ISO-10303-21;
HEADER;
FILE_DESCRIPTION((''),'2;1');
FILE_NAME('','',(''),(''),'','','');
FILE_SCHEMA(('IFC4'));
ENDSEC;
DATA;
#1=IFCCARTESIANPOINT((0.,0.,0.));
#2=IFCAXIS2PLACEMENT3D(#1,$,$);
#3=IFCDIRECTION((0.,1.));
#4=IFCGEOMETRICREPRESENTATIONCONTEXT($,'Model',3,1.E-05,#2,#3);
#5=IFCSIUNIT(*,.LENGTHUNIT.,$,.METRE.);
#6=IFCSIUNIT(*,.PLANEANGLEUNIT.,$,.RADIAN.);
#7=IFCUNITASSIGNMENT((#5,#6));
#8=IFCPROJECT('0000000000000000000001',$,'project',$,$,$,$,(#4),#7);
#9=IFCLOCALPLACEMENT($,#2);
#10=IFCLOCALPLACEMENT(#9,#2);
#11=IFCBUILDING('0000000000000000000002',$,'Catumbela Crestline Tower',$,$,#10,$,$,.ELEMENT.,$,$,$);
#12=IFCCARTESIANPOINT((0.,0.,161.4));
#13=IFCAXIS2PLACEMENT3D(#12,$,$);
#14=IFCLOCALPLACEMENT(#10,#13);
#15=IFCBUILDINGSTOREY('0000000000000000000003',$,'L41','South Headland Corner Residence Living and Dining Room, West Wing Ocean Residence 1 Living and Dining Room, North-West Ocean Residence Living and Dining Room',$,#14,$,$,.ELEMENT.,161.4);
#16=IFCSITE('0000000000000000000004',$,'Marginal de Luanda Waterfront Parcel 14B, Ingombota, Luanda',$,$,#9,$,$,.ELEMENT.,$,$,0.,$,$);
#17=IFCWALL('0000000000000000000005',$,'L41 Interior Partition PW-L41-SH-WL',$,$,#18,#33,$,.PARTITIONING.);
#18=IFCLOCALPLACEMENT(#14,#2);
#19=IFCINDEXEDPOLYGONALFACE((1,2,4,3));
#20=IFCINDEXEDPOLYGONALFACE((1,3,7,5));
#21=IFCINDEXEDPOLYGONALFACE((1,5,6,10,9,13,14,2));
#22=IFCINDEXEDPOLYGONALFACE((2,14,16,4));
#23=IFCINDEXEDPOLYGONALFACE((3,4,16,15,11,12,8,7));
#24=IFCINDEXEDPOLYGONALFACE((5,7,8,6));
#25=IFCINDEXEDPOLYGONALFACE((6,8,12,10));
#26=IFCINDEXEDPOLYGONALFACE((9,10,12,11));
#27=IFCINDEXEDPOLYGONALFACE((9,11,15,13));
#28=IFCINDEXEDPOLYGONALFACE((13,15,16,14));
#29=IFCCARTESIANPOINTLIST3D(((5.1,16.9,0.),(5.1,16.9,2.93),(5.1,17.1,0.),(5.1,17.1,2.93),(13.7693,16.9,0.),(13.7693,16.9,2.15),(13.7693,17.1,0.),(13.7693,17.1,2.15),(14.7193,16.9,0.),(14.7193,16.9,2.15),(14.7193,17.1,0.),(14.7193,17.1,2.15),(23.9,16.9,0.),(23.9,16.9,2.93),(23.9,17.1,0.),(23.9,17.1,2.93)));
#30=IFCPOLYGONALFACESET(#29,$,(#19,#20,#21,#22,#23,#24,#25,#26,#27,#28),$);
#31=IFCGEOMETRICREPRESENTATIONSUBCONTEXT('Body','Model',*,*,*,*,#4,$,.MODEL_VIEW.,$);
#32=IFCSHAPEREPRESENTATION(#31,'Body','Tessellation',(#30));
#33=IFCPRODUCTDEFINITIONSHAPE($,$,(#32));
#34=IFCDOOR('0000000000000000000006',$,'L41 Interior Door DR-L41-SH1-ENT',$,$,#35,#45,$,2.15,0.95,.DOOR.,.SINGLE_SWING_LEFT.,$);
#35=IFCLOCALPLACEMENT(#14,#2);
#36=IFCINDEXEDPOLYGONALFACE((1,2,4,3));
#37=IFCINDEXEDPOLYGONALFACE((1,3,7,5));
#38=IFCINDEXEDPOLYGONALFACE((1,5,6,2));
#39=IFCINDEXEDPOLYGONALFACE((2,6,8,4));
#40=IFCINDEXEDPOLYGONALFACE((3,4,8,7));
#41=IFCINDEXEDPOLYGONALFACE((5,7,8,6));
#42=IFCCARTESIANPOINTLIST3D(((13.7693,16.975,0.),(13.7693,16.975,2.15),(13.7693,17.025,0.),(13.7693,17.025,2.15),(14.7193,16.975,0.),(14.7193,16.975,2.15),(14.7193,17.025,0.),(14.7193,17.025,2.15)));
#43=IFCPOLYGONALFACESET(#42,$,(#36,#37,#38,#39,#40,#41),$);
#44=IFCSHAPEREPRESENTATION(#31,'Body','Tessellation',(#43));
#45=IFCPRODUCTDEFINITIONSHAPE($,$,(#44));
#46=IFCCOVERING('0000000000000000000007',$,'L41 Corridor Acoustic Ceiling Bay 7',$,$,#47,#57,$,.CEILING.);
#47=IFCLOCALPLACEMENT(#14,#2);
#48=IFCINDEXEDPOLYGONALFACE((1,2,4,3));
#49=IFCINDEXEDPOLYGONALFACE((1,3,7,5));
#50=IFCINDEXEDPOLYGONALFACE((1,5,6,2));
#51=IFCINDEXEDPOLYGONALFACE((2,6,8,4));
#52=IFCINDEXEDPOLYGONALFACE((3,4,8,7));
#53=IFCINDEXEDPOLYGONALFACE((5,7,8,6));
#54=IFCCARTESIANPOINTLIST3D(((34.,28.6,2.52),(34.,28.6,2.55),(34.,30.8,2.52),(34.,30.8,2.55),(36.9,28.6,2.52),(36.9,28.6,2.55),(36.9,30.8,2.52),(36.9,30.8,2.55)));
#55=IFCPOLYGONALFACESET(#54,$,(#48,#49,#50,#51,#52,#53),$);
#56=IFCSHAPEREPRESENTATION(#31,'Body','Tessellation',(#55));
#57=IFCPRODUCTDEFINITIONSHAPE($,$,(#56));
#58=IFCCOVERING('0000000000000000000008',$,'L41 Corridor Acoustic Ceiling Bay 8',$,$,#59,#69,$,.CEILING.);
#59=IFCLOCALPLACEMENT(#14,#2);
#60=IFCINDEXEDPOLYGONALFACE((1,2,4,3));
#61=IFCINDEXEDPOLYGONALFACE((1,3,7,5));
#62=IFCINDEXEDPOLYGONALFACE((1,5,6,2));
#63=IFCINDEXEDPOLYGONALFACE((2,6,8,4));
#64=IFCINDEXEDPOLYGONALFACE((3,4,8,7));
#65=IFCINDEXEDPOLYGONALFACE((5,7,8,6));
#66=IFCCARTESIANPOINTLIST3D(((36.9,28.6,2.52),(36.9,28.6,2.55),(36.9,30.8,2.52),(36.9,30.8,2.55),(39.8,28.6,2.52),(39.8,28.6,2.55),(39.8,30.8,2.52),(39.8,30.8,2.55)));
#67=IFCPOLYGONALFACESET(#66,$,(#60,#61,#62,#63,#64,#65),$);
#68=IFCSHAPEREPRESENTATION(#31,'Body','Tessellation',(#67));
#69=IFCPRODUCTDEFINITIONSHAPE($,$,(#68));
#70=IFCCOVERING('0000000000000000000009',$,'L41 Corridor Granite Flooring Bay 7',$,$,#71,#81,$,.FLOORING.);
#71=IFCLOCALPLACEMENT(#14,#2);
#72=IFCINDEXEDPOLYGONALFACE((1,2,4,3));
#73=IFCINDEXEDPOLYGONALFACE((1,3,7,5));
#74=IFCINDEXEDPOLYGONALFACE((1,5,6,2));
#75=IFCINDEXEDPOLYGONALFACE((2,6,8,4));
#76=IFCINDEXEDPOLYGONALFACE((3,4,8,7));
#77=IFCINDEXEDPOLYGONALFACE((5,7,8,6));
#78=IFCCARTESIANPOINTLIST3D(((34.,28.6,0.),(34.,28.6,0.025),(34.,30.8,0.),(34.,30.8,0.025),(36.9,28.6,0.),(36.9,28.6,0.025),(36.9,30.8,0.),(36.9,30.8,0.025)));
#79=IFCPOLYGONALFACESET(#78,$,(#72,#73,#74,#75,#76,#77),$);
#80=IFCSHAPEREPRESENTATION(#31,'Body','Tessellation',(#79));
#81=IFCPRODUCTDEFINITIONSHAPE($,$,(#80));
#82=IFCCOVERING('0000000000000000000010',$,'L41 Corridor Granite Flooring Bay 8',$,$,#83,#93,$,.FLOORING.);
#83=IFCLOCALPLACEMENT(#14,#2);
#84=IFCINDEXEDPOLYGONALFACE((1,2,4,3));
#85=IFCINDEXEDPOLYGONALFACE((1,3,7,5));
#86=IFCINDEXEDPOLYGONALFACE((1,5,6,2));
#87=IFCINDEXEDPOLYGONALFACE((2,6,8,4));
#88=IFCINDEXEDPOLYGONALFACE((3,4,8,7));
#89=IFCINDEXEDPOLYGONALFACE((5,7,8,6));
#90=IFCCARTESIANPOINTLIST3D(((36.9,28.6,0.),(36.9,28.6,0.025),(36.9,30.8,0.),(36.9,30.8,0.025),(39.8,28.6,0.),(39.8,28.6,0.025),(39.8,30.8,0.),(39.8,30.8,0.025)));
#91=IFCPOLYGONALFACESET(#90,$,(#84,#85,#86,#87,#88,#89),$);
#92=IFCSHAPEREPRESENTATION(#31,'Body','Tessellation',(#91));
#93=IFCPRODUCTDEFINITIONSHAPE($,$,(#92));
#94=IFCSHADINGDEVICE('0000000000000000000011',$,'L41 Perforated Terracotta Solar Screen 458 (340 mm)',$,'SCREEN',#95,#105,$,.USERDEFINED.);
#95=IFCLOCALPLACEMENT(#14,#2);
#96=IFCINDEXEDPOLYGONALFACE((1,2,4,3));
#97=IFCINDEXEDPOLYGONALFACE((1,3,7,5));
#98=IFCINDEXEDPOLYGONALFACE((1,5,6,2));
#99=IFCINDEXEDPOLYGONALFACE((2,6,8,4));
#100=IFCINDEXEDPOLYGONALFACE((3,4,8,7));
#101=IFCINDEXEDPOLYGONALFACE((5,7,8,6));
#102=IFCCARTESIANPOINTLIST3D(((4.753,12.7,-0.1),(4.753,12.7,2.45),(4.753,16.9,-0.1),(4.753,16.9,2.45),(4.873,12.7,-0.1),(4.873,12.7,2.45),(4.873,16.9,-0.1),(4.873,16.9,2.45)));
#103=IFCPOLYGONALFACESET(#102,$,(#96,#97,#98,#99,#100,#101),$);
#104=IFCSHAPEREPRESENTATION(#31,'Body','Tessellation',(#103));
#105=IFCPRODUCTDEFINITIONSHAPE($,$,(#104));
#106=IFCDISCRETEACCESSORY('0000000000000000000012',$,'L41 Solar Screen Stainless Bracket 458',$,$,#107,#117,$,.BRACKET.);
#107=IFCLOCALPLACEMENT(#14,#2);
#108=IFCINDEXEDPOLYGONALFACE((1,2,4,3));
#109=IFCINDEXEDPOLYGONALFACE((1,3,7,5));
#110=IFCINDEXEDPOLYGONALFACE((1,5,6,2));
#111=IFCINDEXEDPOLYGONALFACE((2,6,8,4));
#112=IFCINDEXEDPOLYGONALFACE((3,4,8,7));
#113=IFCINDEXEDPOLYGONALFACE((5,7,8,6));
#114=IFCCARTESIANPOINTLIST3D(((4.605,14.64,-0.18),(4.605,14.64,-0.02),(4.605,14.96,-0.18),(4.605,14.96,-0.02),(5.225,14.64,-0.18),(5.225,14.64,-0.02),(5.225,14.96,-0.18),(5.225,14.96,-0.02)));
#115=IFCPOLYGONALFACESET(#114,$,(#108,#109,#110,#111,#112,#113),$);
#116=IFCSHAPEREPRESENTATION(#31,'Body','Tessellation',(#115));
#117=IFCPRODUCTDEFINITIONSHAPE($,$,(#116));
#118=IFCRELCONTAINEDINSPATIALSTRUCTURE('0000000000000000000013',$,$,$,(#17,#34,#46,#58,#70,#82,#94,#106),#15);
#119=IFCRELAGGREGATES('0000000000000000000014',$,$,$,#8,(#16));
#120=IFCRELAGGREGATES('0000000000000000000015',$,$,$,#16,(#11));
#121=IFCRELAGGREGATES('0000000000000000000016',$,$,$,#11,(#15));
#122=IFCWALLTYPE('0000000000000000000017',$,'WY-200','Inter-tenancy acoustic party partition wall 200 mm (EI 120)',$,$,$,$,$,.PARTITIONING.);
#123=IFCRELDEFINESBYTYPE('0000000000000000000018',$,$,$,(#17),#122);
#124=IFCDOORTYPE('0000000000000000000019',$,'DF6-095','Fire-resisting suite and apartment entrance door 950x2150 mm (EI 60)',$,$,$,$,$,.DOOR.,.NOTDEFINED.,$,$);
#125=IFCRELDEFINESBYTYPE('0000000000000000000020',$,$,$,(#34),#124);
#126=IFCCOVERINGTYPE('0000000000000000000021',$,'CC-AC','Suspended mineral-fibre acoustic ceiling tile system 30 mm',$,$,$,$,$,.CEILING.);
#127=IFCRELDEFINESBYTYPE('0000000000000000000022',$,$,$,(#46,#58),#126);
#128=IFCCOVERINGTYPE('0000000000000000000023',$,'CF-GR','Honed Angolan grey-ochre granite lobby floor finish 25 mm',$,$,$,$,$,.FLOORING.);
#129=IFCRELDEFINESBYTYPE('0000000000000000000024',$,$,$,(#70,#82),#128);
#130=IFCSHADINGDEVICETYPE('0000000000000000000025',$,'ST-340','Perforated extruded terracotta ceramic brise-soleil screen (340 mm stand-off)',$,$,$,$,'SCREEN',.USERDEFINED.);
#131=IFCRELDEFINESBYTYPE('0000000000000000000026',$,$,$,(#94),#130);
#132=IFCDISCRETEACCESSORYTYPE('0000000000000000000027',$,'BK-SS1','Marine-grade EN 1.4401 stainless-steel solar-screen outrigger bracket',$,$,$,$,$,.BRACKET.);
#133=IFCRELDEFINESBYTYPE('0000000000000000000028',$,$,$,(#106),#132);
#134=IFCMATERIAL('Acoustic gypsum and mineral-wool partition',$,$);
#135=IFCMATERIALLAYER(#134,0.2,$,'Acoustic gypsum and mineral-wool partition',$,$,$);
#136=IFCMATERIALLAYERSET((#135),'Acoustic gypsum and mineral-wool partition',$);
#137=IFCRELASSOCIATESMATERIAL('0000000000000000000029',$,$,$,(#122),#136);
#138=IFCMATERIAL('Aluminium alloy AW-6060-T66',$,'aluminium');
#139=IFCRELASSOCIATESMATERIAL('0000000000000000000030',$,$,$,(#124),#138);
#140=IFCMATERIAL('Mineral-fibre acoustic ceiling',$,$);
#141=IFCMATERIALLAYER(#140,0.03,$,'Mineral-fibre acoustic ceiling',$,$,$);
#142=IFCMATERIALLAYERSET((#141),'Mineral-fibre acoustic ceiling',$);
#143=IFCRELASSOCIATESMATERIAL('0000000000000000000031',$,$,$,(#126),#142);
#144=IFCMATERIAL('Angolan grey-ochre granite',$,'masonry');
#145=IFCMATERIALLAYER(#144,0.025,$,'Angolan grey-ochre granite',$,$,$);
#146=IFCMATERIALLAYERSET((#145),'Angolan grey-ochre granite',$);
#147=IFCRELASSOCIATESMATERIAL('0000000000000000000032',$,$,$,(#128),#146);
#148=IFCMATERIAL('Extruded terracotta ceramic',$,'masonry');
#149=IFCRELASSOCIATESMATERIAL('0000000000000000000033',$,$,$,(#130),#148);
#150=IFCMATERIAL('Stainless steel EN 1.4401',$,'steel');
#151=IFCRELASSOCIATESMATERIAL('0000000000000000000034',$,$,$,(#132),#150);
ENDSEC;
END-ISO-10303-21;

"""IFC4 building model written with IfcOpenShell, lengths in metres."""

from ifc_helpers import new_model, si_unit, direction, frame, frame_2d, origin, origin_2d, place, context, subcontext, project, spatial, polyline, rectangle, outline, extrude, material, layer, layer_set, type_object, element, fill, save


model = new_model("IFC4")

# Units and contexts
model_context = context("Model", 3, precision=1e-05, world=origin(), true_north=direction((0.0, 1.0)))
body_context = subcontext(model_context, "Body", "Model", "MODEL_VIEW")
ifc_project = project(units=[si_unit("LENGTHUNIT", "METRE"), si_unit("PLANEANGLEUNIT", "RADIAN")], contexts=[model_context])

# Site, building, storey
site_placement = place(None, origin())
site = spatial("IfcSite", under=ifc_project, at=site_placement, Name="Marginal de Luanda Waterfront Parcel 14B, Ingombota, Luanda", CompositionType="ELEMENT", RefElevation=0.0)
building_placement = place(site_placement, origin())
building = spatial("IfcBuilding", under=site, at=building_placement, Name="Catumbela Crestline Tower", CompositionType="ELEMENT")
storey_placement = place(building_placement, frame((0.0, 0.0, 161.4)))
storey = spatial("IfcBuildingStorey", under=building, at=storey_placement, Name="L41", Description="South Headland Corner Residence Living and Dining Room, West Wing Ocean Residence 1 Living and Dining Room, North-West Ocean Residence Living and Dining Room", CompositionType="ELEMENT", Elevation=161.4)

# Shared definitions
ifc_material_1 = material(Name="Aluminium alloy AW-6060-T66", Category="aluminium")

# Shared definitions
ifc_material_2 = material(Name="Angolan grey-ochre granite", Category="masonry")

# Shared definitions
ifc_material_3 = material(Name="Acoustic gypsum and mineral-wool partition")

# Wall, opening, door
ifc_layer_1 = layer(ifc_material_3, 0.2, Name="Acoustic gypsum and mineral-wool partition")
ifc_layer_set_1 = layer_set([ifc_layer_1], Name="Acoustic gypsum and mineral-wool partition")
wall_type_1 = type_object("IfcWallType", Name="WY-200", Description="Inter-tenancy acoustic party partition wall 200 mm (EI 120)", PredefinedType="PARTITIONING", material=ifc_layer_set_1)
wall_1_placement = place(storey_placement, frame((5.1, 17.0, 0.0), z_axis=(0.0, 0.0, 1.0), x_axis=(1.0, 0.0, 0.0)))
wall_1 = element("IfcWall", 1, at=wall_1_placement, inside=storey, type_object=wall_type_1, Name="L41 Interior Partition PW-L41-SH-WL", PredefinedType="PARTITIONING", context=body_context, shape_type="SweptSolid", body=[
    extrude(rectangle(XDim=18.8, YDim=0.2, at=frame_2d((9.4, 0.0))), origin(), (0.0, 0.0, 1.0), 2.93),
])
opening_1_placement = place(wall_1_placement, frame((8.6693, 0.0, 0.0)))
opening_1 = element("IfcOpeningElement", 2, at=opening_1_placement, cuts=wall_1, PredefinedType="OPENING", context=body_context, shape_type="SweptSolid", body=[
    extrude(rectangle(XDim=0.95, YDim=2.15, at=frame_2d((0.475, 1.075))), frame((0.0, 0.11, 0.0), z_axis=(0.0, -1.0, 0.0), x_axis=(1.0, 0.0, 0.0)), (0.0, 0.0, 1.0), 0.22),
])
door_type_1 = type_object("IfcDoorType", Name="DF6-095", Description="Fire-resisting suite and apartment entrance door 950x2150 mm (EI 60)", OperationType="NOTDEFINED", PredefinedType="DOOR", material=ifc_material_1)
door_1_placement = place(opening_1_placement, origin())
door_1 = element("IfcDoor", 3, at=door_1_placement, inside=storey, type_object=door_type_1, Name="L41 Interior Door DR-L41-SH1-ENT", OperationType="SINGLE_SWING_LEFT", OverallHeight=2.15, OverallWidth=0.95, PredefinedType="DOOR", context=body_context, shape_type="SweptSolid", body=[
    extrude(rectangle(XDim=0.95, YDim=2.15, at=frame_2d((0.475, 1.075))), frame((0.0, 0.025, 0.0), z_axis=(0.0, -1.0, 0.0), x_axis=(1.0, 0.0, 0.0)), (0.0, 0.0, 1.0), 0.05),
])
fill(opening_1, door_1)

# Coverings
ifc_material_4 = material(Name="Mineral-fibre acoustic ceiling")
ifc_layer_2 = layer(ifc_material_4, 0.03, Name="Mineral-fibre acoustic ceiling")
ifc_layer_set_2 = layer_set([ifc_layer_2], Name="Mineral-fibre acoustic ceiling")
covering_type_1 = type_object("IfcCoveringType", Name="CC-AC", Description="Suspended mineral-fibre acoustic ceiling tile system 30 mm", PredefinedType="CEILING", material=ifc_layer_set_2)
covering_1_placement = place(storey_placement, frame((0.0, 0.0, 2.52)))
element("IfcCovering", 4, at=covering_1_placement, inside=storey, type_object=covering_type_1, Name="L41 Corridor Acoustic Ceiling Bay 7", PredefinedType="CEILING", context=body_context, shape_type="SweptSolid", body=[
    extrude(outline(polyline([(34.0, 28.6), (36.9, 28.6), (36.9, 30.8), (34.0, 30.8), (34.0, 28.6)])), origin(), (0.0, 0.0, 1.0), 0.03),
])
covering_2_placement = place(storey_placement, frame((0.0, 0.0, 2.52)))
element("IfcCovering", 5, at=covering_2_placement, inside=storey, type_object=covering_type_1, Name="L41 Corridor Acoustic Ceiling Bay 8", PredefinedType="CEILING", context=body_context, shape_type="SweptSolid", body=[
    extrude(outline(polyline([(36.9, 28.6), (39.8, 28.6), (39.8, 30.8), (36.9, 30.8), (36.9, 28.6)])), origin(), (0.0, 0.0, 1.0), 0.03),
])
ifc_layer_3 = layer(ifc_material_2, 0.025, Name="Angolan grey-ochre granite")
ifc_layer_set_3 = layer_set([ifc_layer_3], Name="Angolan grey-ochre granite")
covering_type_2 = type_object("IfcCoveringType", Name="CF-GR", Description="Honed Angolan grey-ochre granite lobby floor finish 25 mm", PredefinedType="FLOORING", material=ifc_layer_set_3)
covering_3_placement = place(storey_placement, origin())
element("IfcCovering", 6, at=covering_3_placement, inside=storey, type_object=covering_type_2, Name="L41 Corridor Granite Flooring Bay 7", PredefinedType="FLOORING", context=body_context, shape_type="SweptSolid", body=[
    extrude(outline(polyline([(34.0, 28.6), (36.9, 28.6), (36.9, 30.8), (34.0, 30.8), (34.0, 28.6)])), origin(), (0.0, 0.0, 1.0), 0.025),
])
covering_4_placement = place(storey_placement, origin())
element("IfcCovering", 7, at=covering_4_placement, inside=storey, type_object=covering_type_2, Name="L41 Corridor Granite Flooring Bay 8", PredefinedType="FLOORING", context=body_context, shape_type="SweptSolid", body=[
    extrude(outline(polyline([(36.9, 28.6), (39.8, 28.6), (39.8, 30.8), (36.9, 30.8), (36.9, 28.6)])), origin(), (0.0, 0.0, 1.0), 0.025),
])

# Shading device
ifc_material_5 = material(Name="Extruded terracotta ceramic", Category="masonry")
shading_device_type = type_object("IfcShadingDeviceType", Name="ST-340", Description="Perforated extruded terracotta ceramic brise-soleil screen (340 mm stand-off)", ElementType="SCREEN", PredefinedType="USERDEFINED", material=ifc_material_5)
shading_device_placement = place(storey_placement, frame((4.813, 14.8, -0.1), z_axis=(0.0, 0.0, 1.0), x_axis=(0.0, -1.0, 0.0)))
element("IfcShadingDevice", 8, at=shading_device_placement, inside=storey, type_object=shading_device_type, Name="L41 Perforated Terracotta Solar Screen 458 (340 mm)", ObjectType="SCREEN", PredefinedType="USERDEFINED", context=body_context, shape_type="SweptSolid", body=[
    extrude(rectangle(XDim=4.2, YDim=0.12, at=origin_2d()), origin(), (0.0, 0.0, 1.0), 2.55),
])

# Discrete accessory
ifc_material_6 = material(Name="Stainless steel EN 1.4401", Category="steel")
discrete_accessory_type = type_object("IfcDiscreteAccessoryType", Name="BK-SS1", Description="Marine-grade EN 1.4401 stainless-steel solar-screen outrigger bracket", PredefinedType="BRACKET", material=ifc_material_6)
discrete_accessory_placement = place(storey_placement, frame((4.915, 14.8, -0.18), z_axis=(0.0, 0.0, 1.0), x_axis=(0.0, -1.0, 0.0)))
element("IfcDiscreteAccessory", 9, at=discrete_accessory_placement, inside=storey, type_object=discrete_accessory_type, Name="L41 Solar Screen Stainless Bracket 458", PredefinedType="BRACKET", context=body_context, shape_type="SweptSolid", body=[
    extrude(rectangle(XDim=0.32, YDim=0.62, at=origin_2d()), origin(), (0.0, 0.0, 1.0), 0.16),
])

save(model, "model.ifc")
